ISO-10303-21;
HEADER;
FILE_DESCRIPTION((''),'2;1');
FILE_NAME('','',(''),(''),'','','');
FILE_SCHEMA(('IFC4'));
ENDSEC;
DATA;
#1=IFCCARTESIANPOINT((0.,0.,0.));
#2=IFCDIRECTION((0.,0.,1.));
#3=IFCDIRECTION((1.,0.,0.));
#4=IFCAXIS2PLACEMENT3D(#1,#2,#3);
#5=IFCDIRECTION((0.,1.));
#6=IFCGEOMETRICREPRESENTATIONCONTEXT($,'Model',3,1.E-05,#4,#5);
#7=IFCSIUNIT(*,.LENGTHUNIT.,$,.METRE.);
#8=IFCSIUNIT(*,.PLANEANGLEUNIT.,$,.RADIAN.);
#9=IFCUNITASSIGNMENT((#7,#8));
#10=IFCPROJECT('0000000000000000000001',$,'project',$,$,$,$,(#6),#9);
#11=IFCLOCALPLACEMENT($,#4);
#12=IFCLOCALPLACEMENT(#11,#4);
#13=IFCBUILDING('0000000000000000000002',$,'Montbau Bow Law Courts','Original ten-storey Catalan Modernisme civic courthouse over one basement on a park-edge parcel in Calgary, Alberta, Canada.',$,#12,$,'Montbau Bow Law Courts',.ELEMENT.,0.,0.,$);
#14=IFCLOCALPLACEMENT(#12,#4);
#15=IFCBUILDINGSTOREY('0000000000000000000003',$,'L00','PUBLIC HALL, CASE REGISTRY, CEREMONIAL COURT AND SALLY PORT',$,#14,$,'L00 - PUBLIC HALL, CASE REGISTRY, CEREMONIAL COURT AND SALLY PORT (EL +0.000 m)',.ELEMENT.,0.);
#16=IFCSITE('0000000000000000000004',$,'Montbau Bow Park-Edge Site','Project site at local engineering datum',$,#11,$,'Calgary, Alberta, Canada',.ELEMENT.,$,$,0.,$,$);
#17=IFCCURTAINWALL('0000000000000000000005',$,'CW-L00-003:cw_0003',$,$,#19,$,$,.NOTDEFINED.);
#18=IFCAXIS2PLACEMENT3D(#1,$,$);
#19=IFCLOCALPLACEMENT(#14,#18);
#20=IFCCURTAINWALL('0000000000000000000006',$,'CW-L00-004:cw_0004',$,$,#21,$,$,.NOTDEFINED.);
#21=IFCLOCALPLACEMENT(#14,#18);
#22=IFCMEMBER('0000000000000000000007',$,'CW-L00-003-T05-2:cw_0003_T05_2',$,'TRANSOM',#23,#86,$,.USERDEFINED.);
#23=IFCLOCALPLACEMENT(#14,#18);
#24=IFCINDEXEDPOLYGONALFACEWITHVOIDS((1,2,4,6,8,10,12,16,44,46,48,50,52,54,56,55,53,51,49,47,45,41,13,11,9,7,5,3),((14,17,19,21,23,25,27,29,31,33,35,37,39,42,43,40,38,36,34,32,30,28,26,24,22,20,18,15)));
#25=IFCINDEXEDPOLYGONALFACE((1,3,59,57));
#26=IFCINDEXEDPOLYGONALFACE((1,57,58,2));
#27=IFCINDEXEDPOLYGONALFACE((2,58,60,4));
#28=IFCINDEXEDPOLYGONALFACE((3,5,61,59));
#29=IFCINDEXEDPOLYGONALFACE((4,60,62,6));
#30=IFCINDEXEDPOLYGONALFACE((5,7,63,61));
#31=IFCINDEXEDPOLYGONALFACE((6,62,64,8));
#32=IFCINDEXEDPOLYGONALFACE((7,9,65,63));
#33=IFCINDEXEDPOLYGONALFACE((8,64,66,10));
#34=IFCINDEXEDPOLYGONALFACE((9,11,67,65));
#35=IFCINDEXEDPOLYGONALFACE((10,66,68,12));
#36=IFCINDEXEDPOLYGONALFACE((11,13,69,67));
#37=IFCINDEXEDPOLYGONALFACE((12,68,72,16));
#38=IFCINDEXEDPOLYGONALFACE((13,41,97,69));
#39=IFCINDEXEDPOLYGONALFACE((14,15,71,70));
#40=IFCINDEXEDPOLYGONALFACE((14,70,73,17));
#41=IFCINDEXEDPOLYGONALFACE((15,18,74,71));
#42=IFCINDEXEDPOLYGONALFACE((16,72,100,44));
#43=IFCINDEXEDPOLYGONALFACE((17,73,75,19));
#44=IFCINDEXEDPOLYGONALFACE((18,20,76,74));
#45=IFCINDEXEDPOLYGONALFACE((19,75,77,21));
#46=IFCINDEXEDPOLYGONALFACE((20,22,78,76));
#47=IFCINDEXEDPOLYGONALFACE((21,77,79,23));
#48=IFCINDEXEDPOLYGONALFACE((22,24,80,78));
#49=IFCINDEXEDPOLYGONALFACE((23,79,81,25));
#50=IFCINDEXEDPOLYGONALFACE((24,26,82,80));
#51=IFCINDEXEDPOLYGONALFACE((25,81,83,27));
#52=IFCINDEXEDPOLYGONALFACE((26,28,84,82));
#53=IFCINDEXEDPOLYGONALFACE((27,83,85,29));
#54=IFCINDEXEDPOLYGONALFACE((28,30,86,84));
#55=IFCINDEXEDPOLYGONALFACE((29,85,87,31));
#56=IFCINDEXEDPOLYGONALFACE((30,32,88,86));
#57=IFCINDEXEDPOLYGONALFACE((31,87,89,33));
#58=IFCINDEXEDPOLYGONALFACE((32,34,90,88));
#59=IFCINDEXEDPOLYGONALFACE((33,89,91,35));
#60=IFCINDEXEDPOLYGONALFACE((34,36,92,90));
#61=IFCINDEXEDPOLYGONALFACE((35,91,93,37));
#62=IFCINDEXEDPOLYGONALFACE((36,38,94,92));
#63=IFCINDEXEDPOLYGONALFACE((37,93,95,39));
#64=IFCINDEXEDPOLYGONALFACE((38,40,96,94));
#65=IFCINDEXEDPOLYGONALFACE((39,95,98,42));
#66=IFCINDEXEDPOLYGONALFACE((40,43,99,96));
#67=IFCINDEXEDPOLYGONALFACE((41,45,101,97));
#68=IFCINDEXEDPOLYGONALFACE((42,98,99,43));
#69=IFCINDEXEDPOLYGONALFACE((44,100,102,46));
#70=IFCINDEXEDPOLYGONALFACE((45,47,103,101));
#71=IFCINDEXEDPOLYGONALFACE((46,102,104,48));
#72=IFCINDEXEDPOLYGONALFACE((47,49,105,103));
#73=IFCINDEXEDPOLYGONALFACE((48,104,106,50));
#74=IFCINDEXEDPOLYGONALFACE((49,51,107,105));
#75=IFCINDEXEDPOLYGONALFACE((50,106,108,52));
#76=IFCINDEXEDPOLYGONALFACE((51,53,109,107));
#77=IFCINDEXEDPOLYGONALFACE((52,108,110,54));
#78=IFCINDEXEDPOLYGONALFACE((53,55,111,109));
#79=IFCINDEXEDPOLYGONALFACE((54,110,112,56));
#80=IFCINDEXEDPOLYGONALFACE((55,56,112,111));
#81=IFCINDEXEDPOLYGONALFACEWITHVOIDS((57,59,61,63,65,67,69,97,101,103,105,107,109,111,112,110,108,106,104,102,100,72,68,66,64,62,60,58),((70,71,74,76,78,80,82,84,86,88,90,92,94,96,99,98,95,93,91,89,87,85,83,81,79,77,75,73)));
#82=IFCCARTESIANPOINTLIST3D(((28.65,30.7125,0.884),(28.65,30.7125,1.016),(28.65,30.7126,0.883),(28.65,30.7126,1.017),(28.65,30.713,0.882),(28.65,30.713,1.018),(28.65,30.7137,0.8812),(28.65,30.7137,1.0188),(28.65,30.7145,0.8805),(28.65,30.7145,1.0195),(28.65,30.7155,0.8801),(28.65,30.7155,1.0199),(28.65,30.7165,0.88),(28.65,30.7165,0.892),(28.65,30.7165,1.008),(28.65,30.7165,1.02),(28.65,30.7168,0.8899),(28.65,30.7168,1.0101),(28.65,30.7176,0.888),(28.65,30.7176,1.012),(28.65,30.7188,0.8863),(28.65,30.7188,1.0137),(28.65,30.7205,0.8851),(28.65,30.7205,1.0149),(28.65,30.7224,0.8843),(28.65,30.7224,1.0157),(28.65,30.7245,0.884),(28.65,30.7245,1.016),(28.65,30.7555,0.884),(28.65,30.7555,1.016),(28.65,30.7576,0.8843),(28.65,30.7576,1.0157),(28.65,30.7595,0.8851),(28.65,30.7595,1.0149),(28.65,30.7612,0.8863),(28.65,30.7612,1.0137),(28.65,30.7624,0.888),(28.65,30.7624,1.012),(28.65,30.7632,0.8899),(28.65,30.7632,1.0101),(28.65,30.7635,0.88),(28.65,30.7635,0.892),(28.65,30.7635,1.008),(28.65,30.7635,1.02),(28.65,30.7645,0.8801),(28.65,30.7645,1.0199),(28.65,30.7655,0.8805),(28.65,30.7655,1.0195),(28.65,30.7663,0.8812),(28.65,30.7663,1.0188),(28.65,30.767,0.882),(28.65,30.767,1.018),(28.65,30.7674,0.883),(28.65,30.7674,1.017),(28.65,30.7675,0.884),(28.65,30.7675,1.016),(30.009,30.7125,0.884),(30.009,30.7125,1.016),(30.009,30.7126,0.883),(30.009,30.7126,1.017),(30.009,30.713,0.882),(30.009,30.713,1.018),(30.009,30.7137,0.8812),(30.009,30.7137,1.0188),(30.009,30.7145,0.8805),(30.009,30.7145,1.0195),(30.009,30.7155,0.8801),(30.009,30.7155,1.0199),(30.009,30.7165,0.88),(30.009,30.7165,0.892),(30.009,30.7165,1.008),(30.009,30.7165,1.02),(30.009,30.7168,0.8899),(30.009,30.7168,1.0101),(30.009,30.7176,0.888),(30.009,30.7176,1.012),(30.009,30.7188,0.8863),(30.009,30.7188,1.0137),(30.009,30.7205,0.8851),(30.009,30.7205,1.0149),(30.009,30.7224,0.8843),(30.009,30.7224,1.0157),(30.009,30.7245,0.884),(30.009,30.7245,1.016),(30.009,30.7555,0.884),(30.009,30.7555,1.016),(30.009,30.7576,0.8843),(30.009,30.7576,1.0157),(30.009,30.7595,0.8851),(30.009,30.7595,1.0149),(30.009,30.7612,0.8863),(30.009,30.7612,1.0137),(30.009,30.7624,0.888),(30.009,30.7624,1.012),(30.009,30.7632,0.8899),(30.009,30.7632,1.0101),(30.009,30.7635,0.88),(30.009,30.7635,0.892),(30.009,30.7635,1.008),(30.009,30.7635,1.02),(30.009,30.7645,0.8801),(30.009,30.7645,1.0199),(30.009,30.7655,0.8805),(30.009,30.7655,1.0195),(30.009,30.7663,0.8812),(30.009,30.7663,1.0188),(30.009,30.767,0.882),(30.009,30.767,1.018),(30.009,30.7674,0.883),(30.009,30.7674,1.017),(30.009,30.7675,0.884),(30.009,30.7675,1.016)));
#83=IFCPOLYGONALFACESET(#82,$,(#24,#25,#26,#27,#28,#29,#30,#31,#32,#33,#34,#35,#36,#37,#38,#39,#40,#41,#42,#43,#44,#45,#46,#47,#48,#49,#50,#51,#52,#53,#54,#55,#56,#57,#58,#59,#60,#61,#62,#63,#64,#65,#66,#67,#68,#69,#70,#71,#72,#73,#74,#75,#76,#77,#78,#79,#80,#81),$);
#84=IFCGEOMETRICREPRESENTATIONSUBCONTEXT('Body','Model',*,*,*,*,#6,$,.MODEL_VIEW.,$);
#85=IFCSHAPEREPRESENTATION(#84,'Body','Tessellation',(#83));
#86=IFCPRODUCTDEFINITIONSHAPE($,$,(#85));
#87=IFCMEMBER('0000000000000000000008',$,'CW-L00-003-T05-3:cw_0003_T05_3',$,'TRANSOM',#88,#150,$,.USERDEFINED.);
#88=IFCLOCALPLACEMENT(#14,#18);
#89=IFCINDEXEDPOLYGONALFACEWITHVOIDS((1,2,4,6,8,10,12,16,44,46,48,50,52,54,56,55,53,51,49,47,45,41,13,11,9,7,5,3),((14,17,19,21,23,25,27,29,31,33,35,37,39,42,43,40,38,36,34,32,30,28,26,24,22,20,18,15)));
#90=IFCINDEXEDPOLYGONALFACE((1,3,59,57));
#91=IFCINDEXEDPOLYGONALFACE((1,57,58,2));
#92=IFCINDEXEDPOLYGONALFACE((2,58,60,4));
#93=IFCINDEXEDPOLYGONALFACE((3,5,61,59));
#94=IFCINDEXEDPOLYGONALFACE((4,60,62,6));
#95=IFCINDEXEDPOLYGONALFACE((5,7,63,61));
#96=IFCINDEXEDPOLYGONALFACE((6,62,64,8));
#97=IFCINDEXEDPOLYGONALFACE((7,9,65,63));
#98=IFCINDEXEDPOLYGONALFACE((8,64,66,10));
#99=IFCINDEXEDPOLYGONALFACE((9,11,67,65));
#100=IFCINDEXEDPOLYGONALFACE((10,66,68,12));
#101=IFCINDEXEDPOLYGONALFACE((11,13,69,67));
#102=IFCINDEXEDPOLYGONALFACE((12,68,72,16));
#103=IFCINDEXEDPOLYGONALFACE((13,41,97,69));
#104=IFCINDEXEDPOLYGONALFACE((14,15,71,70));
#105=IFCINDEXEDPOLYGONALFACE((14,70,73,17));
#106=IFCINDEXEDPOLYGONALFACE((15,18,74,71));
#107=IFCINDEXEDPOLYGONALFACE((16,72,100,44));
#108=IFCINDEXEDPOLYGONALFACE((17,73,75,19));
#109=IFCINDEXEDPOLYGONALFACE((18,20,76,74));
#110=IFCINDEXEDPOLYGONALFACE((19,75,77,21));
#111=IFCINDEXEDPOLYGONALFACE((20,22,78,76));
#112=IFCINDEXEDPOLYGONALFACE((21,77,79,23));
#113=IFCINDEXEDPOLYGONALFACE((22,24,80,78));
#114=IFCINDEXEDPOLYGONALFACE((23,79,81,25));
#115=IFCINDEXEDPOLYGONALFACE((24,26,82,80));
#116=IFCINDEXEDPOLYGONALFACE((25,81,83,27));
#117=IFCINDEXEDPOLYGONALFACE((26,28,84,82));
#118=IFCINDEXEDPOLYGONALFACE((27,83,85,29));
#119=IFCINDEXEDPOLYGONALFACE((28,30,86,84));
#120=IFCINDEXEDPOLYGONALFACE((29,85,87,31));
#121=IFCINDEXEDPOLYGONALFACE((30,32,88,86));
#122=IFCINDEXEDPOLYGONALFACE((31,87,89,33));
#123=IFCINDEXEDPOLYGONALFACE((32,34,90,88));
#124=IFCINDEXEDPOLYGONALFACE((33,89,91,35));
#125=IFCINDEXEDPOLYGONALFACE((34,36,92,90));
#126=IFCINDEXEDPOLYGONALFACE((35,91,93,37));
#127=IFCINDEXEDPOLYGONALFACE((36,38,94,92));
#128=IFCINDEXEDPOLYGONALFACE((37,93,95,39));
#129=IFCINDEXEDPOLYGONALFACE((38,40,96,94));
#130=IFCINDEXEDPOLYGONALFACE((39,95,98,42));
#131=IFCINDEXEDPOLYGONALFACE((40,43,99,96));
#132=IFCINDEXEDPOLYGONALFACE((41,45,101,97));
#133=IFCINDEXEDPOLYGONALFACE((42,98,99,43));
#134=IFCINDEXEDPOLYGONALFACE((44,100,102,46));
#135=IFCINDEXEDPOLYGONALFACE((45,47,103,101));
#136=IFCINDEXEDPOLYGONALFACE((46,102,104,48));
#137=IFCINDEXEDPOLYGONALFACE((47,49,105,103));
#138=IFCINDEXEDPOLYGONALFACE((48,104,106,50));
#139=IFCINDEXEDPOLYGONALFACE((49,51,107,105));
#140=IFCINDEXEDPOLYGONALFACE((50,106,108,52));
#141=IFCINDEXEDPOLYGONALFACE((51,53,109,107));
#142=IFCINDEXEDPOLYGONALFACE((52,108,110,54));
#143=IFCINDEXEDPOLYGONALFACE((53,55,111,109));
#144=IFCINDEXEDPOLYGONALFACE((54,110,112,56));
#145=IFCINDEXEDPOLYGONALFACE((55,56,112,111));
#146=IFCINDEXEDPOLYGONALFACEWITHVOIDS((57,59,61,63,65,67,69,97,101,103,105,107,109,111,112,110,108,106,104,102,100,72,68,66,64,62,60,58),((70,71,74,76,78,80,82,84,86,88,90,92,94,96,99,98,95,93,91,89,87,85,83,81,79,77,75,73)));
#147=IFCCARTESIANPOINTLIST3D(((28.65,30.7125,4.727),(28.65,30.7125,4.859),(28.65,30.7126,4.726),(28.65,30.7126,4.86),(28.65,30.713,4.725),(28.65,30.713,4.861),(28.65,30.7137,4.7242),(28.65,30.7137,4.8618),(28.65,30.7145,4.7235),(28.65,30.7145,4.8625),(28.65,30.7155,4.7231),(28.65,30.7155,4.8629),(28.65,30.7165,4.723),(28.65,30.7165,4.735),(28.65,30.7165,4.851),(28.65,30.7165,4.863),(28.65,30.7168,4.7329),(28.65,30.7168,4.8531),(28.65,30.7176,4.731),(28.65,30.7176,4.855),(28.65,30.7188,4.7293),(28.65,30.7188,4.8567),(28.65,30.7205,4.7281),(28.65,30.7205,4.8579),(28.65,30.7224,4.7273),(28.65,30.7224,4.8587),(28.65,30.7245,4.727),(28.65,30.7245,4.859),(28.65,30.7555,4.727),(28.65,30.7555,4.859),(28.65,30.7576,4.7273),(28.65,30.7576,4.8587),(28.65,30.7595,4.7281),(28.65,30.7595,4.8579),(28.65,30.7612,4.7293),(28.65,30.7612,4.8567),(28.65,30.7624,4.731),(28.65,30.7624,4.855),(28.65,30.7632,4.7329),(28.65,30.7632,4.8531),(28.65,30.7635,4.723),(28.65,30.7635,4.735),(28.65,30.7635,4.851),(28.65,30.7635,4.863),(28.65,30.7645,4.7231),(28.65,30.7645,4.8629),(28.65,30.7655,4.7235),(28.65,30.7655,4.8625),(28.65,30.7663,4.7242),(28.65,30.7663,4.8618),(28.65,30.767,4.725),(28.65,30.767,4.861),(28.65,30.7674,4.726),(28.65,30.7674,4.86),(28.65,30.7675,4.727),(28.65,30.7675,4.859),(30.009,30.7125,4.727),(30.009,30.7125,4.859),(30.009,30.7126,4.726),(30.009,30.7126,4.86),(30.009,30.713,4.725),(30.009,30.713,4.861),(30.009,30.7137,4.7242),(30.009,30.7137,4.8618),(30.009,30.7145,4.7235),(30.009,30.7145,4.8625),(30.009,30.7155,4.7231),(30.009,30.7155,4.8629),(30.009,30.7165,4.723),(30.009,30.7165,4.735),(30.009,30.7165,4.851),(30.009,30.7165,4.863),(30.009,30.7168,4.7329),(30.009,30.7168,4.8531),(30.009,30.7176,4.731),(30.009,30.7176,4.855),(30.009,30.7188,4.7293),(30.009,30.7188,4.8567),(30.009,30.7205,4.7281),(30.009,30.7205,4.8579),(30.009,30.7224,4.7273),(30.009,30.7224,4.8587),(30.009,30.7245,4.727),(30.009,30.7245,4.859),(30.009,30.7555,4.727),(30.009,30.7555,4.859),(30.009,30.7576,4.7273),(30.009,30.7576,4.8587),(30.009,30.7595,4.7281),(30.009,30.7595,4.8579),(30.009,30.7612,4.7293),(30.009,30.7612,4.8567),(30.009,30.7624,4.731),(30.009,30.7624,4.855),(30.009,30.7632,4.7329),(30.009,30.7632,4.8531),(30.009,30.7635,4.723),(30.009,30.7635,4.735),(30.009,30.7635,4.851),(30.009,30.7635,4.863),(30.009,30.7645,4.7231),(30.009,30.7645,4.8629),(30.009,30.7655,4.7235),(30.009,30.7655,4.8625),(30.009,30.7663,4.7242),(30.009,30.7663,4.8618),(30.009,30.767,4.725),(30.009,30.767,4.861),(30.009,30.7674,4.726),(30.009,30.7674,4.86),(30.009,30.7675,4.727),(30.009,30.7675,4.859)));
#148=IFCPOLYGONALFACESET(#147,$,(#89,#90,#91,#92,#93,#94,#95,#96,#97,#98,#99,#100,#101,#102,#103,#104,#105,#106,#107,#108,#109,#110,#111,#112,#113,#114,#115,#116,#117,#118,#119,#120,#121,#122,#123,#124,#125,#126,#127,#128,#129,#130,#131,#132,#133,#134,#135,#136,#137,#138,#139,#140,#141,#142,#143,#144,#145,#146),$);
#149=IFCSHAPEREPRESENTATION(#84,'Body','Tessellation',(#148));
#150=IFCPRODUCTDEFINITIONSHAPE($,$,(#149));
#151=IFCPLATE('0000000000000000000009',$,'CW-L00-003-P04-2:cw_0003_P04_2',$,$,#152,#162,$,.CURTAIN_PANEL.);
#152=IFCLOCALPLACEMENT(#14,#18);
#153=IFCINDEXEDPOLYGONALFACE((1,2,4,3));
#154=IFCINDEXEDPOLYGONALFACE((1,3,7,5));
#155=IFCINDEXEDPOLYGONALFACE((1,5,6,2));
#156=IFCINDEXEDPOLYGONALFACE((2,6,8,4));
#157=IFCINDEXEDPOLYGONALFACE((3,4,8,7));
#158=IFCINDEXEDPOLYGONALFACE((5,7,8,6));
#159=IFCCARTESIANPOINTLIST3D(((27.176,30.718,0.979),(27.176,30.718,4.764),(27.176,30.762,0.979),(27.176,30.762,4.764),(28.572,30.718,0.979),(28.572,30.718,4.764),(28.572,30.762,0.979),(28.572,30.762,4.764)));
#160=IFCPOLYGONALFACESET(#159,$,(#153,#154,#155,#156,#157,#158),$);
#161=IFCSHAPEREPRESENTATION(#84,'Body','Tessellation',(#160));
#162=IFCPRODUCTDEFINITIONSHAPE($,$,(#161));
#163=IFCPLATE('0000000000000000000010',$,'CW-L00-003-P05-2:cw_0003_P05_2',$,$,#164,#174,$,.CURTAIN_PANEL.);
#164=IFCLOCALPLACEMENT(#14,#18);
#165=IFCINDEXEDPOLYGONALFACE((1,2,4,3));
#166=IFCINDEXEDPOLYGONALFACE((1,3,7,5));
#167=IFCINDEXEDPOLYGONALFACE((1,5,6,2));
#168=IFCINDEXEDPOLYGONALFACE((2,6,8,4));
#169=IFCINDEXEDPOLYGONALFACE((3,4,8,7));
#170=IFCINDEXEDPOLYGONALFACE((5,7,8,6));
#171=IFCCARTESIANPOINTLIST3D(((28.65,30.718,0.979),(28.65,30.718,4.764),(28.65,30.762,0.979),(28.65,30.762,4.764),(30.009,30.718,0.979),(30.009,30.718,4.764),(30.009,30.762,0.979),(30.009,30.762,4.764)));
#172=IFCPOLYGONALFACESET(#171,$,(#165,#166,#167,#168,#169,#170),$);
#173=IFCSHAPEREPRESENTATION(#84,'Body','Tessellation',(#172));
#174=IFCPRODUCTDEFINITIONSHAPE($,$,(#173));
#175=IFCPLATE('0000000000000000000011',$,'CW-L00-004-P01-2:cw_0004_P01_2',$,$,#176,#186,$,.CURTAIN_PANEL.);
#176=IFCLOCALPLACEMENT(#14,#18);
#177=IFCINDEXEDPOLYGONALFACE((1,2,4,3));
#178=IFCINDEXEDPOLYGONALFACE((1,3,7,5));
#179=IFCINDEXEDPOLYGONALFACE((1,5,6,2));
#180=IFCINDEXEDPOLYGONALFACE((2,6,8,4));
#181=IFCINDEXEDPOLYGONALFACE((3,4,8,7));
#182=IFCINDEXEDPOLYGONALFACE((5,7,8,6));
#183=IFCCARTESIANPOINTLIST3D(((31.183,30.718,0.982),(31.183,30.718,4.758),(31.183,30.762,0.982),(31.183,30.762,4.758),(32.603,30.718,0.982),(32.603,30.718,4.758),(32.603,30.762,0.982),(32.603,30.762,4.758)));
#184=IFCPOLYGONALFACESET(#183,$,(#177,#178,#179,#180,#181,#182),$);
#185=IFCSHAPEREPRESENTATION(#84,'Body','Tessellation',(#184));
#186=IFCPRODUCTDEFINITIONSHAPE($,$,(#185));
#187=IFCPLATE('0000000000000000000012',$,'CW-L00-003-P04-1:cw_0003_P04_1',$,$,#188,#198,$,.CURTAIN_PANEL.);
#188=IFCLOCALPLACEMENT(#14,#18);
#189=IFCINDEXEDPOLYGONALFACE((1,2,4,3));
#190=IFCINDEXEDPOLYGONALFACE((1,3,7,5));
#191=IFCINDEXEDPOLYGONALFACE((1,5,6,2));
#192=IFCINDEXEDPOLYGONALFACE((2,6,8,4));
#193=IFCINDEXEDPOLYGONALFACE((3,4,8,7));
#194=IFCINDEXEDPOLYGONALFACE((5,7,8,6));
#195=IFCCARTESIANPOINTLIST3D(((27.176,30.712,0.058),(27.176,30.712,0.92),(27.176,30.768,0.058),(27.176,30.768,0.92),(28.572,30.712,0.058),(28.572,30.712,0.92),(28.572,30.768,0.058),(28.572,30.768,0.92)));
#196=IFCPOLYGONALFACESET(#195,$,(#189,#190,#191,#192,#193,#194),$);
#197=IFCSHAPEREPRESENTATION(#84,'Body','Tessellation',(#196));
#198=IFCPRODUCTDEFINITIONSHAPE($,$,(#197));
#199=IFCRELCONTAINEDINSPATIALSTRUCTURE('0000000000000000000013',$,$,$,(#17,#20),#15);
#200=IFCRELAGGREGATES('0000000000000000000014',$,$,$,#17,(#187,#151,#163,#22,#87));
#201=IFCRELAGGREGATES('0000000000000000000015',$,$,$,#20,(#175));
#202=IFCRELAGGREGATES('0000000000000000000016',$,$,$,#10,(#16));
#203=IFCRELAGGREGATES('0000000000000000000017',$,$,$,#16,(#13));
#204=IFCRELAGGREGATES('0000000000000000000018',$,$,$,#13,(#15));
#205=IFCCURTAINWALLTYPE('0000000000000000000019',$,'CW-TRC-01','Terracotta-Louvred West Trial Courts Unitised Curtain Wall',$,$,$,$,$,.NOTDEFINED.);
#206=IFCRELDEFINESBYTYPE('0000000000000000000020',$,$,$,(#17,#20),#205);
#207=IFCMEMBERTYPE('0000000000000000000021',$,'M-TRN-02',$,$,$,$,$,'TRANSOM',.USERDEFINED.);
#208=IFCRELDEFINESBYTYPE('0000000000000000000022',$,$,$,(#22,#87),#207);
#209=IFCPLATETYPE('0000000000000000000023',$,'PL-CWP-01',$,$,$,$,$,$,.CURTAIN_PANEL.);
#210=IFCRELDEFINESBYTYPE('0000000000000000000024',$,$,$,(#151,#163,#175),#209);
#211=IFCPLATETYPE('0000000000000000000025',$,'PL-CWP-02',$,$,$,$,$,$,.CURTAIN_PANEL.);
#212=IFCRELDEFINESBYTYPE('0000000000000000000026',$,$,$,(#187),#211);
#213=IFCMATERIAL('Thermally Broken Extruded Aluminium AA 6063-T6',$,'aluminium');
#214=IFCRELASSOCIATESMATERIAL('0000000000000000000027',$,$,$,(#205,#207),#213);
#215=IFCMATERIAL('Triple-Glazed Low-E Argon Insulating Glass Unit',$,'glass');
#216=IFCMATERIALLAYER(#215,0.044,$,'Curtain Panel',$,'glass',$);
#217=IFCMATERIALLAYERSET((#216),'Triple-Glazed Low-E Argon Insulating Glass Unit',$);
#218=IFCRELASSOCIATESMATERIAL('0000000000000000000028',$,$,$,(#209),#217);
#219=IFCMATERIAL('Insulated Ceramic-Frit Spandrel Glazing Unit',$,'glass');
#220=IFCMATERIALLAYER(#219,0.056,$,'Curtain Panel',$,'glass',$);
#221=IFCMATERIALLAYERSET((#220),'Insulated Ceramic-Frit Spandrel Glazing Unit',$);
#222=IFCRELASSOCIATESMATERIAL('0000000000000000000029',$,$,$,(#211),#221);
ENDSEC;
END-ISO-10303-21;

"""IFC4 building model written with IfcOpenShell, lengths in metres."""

from ifc_helpers import new_model, si_unit, direction, frame, frame_2d, origin_with_axes, origin_2d_with_axis, place, context, subcontext, project, spatial, rectangle, hollow_rectangle, extrude, material, layer, layer_set, material_profile, profile_set, type_object, element, aggregate, save


model = new_model("IFC4")

# Units and contexts
model_context = context("Model", 3, precision=1e-05, world=origin_with_axes(), true_north=direction((0.0, 1.0)))
body_context = subcontext(model_context, "Body", "Model", "MODEL_VIEW")
ifc_project = project(units=[si_unit("LENGTHUNIT", "METRE"), si_unit("PLANEANGLEUNIT", "RADIAN")], contexts=[model_context])

# Site, building, storey
site_placement = place(None, origin_with_axes())
site = spatial("IfcSite", under=ifc_project, at=site_placement, Name="Montbau Bow Park-Edge Site", Description="Project site at local engineering datum", LongName="Calgary, Alberta, Canada", CompositionType="ELEMENT", RefElevation=0.0)
building_placement = place(site_placement, origin_with_axes())
building = spatial("IfcBuilding", under=site, at=building_placement, Name="Montbau Bow Law Courts", Description="Original ten-storey Catalan Modernisme civic courthouse over one basement on a park-edge parcel in Calgary, Alberta, Canada.", LongName="Montbau Bow Law Courts", CompositionType="ELEMENT", ElevationOfRefHeight=0.0, ElevationOfTerrain=0.0)
storey_placement = place(building_placement, origin_with_axes())
storey = spatial("IfcBuildingStorey", under=building, at=storey_placement, Name="L00", Description="PUBLIC HALL, CASE REGISTRY, CEREMONIAL COURT AND SALLY PORT", LongName="L00 - PUBLIC HALL, CASE REGISTRY, CEREMONIAL COURT AND SALLY PORT (EL +0.000 m)", CompositionType="ELEMENT", Elevation=0.0)

# Curtain walls
ifc_material_1 = material(Name="Thermally Broken Extruded Aluminium AA 6063-T6", Category="aluminium")
curtain_wall_type = type_object("IfcCurtainWallType", Name="CW-TRC-01", Description="Terracotta-Louvred West Trial Courts Unitised Curtain Wall", PredefinedType="NOTDEFINED", material=ifc_material_1)
curtain_wall_1_placement = place(None, frame((22.715, 30.74, 0.0), z_axis=(0.0, 0.0, 1.0), x_axis=(1.0, 0.0, 0.0)))
curtain_wall_1 = element("IfcCurtainWall", 1, at=curtain_wall_1_placement, inside=storey, type_object=curtain_wall_type, Name="CW-L00-003:cw_0003", PredefinedType="NOTDEFINED")
curtain_wall_2_placement = place(None, frame((31.115, 30.74, 0.0), z_axis=(0.0, 0.0, 1.0), x_axis=(1.0, 0.0, 0.0)))
curtain_wall_2 = element("IfcCurtainWall", 2, at=curtain_wall_2_placement, inside=storey, type_object=curtain_wall_type, Name="CW-L00-004:cw_0004", PredefinedType="NOTDEFINED")

# Members
ifc_material_profile_1 = material_profile(ifc_material_1, hollow_rectangle(XDim=0.055, YDim=0.14, WallThickness=0.004, InnerFilletRadius=0.008, OuterFilletRadius=0.004, at=origin_2d_with_axis()), Name="CWT-140X55", Category="Main", Priority=0)
ifc_profile_set_1 = profile_set([ifc_material_profile_1], Name="Thermally Broken Extruded Aluminium AA 6063-T6")
member_type_1 = type_object("IfcMemberType", Name="M-TRN-02", ElementType="TRANSOM", PredefinedType="USERDEFINED", material=ifc_profile_set_1)
member_1_placement = place(None, frame((28.65, 30.74, 0.95), z_axis=(1.0, 0.0, 0.0), x_axis=(0.0, 1.0, 0.0)))
member_1 = element("IfcMember", 3, at=member_1_placement, type_object=member_type_1, Name="CW-L00-003-T05-2:cw_0003_T05_2", ObjectType="TRANSOM", PredefinedType="USERDEFINED", context=body_context, shape_type="SweptSolid", body=[
    extrude(hollow_rectangle(XDim=0.055, YDim=0.14, WallThickness=0.004, InnerFilletRadius=0.008, OuterFilletRadius=0.004, at=origin_2d_with_axis()), origin_with_axes(), (0.0, 0.0, 1.0), 1.359),
])
member_2_placement = place(None, frame((28.65, 30.74, 4.793), z_axis=(1.0, 0.0, 0.0), x_axis=(0.0, 1.0, 0.0)))
member_2 = element("IfcMember", 4, at=member_2_placement, type_object=member_type_1, Name="CW-L00-003-T05-3:cw_0003_T05_3", ObjectType="TRANSOM", PredefinedType="USERDEFINED", context=body_context, shape_type="SweptSolid", body=[
    extrude(hollow_rectangle(XDim=0.055, YDim=0.14, WallThickness=0.004, InnerFilletRadius=0.008, OuterFilletRadius=0.004, at=origin_2d_with_axis()), origin_with_axes(), (0.0, 0.0, 1.0), 1.359),
])

# Plates
ifc_material_2 = material(Name="Triple-Glazed Low-E Argon Insulating Glass Unit", Category="glass")
ifc_layer_1 = layer(ifc_material_2, 0.044, Name="Curtain Panel", Category="glass")
ifc_layer_set_1 = layer_set([ifc_layer_1], Name="Triple-Glazed Low-E Argon Insulating Glass Unit")
plate_type_1 = type_object("IfcPlateType", Name="PL-CWP-01", PredefinedType="CURTAIN_PANEL", material=ifc_layer_set_1)
plate_1_placement = place(None, frame((27.176, 30.74, 0.979), z_axis=(0.0, -1.0, 0.0), x_axis=(1.0, 0.0, 0.0)))
plate_1 = element("IfcPlate", 5, at=plate_1_placement, type_object=plate_type_1, Name="CW-L00-003-P04-2:cw_0003_P04_2", PredefinedType="CURTAIN_PANEL", context=body_context, shape_type="SweptSolid", body=[
    extrude(rectangle(XDim=1.396, YDim=3.785, at=frame_2d((0.698, 1.8925), x_axis=(1.0, 0.0))), frame((0.0, 0.0, -0.022), z_axis=(0.0, 0.0, 1.0), x_axis=(1.0, 0.0, 0.0)), (0.0, 0.0, 1.0), 0.044),
])
plate_2_placement = place(None, frame((28.65, 30.74, 0.979), z_axis=(0.0, -1.0, 0.0), x_axis=(1.0, 0.0, 0.0)))
plate_2 = element("IfcPlate", 6, at=plate_2_placement, type_object=plate_type_1, Name="CW-L00-003-P05-2:cw_0003_P05_2", PredefinedType="CURTAIN_PANEL", context=body_context, shape_type="SweptSolid", body=[
    extrude(rectangle(XDim=1.359, YDim=3.785, at=frame_2d((0.6795, 1.8925), x_axis=(1.0, 0.0))), frame((0.0, 0.0, -0.022), z_axis=(0.0, 0.0, 1.0), x_axis=(1.0, 0.0, 0.0)), (0.0, 0.0, 1.0), 0.044),
])
plate_3_placement = place(None, frame((31.183, 30.74, 0.982), z_axis=(0.0, -1.0, 0.0), x_axis=(1.0, 0.0, 0.0)))
plate_3 = element("IfcPlate", 7, at=plate_3_placement, type_object=plate_type_1, Name="CW-L00-004-P01-2:cw_0004_P01_2", PredefinedType="CURTAIN_PANEL", context=body_context, shape_type="SweptSolid", body=[
    extrude(rectangle(XDim=1.42, YDim=3.776, at=frame_2d((0.71, 1.888), x_axis=(1.0, 0.0))), frame((0.0, 0.0, -0.022), z_axis=(0.0, 0.0, 1.0), x_axis=(1.0, 0.0, 0.0)), (0.0, 0.0, 1.0), 0.044),
])
ifc_material_3 = material(Name="Insulated Ceramic-Frit Spandrel Glazing Unit", Category="glass")
ifc_layer_2 = layer(ifc_material_3, 0.056, Name="Curtain Panel", Category="glass")
ifc_layer_set_2 = layer_set([ifc_layer_2], Name="Insulated Ceramic-Frit Spandrel Glazing Unit")
plate_type_2 = type_object("IfcPlateType", Name="PL-CWP-02", PredefinedType="CURTAIN_PANEL", material=ifc_layer_set_2)
plate_4_placement = place(None, frame((27.176, 30.74, 0.058), z_axis=(0.0, -1.0, 0.0), x_axis=(1.0, 0.0, 0.0)))
plate_4 = element("IfcPlate", 8, at=plate_4_placement, type_object=plate_type_2, Name="CW-L00-003-P04-1:cw_0003_P04_1", PredefinedType="CURTAIN_PANEL", context=body_context, shape_type="SweptSolid", body=[
    extrude(rectangle(XDim=1.396, YDim=0.862, at=frame_2d((0.698, 0.431), x_axis=(1.0, 0.0))), frame((0.0, 0.0, -0.028), z_axis=(0.0, 0.0, 1.0), x_axis=(1.0, 0.0, 0.0)), (0.0, 0.0, 1.0), 0.056),
])
aggregate(curtain_wall_1, [plate_4, plate_1, plate_2, member_1, member_2])
aggregate(curtain_wall_2, [plate_3])

save(model, "model.ifc")
